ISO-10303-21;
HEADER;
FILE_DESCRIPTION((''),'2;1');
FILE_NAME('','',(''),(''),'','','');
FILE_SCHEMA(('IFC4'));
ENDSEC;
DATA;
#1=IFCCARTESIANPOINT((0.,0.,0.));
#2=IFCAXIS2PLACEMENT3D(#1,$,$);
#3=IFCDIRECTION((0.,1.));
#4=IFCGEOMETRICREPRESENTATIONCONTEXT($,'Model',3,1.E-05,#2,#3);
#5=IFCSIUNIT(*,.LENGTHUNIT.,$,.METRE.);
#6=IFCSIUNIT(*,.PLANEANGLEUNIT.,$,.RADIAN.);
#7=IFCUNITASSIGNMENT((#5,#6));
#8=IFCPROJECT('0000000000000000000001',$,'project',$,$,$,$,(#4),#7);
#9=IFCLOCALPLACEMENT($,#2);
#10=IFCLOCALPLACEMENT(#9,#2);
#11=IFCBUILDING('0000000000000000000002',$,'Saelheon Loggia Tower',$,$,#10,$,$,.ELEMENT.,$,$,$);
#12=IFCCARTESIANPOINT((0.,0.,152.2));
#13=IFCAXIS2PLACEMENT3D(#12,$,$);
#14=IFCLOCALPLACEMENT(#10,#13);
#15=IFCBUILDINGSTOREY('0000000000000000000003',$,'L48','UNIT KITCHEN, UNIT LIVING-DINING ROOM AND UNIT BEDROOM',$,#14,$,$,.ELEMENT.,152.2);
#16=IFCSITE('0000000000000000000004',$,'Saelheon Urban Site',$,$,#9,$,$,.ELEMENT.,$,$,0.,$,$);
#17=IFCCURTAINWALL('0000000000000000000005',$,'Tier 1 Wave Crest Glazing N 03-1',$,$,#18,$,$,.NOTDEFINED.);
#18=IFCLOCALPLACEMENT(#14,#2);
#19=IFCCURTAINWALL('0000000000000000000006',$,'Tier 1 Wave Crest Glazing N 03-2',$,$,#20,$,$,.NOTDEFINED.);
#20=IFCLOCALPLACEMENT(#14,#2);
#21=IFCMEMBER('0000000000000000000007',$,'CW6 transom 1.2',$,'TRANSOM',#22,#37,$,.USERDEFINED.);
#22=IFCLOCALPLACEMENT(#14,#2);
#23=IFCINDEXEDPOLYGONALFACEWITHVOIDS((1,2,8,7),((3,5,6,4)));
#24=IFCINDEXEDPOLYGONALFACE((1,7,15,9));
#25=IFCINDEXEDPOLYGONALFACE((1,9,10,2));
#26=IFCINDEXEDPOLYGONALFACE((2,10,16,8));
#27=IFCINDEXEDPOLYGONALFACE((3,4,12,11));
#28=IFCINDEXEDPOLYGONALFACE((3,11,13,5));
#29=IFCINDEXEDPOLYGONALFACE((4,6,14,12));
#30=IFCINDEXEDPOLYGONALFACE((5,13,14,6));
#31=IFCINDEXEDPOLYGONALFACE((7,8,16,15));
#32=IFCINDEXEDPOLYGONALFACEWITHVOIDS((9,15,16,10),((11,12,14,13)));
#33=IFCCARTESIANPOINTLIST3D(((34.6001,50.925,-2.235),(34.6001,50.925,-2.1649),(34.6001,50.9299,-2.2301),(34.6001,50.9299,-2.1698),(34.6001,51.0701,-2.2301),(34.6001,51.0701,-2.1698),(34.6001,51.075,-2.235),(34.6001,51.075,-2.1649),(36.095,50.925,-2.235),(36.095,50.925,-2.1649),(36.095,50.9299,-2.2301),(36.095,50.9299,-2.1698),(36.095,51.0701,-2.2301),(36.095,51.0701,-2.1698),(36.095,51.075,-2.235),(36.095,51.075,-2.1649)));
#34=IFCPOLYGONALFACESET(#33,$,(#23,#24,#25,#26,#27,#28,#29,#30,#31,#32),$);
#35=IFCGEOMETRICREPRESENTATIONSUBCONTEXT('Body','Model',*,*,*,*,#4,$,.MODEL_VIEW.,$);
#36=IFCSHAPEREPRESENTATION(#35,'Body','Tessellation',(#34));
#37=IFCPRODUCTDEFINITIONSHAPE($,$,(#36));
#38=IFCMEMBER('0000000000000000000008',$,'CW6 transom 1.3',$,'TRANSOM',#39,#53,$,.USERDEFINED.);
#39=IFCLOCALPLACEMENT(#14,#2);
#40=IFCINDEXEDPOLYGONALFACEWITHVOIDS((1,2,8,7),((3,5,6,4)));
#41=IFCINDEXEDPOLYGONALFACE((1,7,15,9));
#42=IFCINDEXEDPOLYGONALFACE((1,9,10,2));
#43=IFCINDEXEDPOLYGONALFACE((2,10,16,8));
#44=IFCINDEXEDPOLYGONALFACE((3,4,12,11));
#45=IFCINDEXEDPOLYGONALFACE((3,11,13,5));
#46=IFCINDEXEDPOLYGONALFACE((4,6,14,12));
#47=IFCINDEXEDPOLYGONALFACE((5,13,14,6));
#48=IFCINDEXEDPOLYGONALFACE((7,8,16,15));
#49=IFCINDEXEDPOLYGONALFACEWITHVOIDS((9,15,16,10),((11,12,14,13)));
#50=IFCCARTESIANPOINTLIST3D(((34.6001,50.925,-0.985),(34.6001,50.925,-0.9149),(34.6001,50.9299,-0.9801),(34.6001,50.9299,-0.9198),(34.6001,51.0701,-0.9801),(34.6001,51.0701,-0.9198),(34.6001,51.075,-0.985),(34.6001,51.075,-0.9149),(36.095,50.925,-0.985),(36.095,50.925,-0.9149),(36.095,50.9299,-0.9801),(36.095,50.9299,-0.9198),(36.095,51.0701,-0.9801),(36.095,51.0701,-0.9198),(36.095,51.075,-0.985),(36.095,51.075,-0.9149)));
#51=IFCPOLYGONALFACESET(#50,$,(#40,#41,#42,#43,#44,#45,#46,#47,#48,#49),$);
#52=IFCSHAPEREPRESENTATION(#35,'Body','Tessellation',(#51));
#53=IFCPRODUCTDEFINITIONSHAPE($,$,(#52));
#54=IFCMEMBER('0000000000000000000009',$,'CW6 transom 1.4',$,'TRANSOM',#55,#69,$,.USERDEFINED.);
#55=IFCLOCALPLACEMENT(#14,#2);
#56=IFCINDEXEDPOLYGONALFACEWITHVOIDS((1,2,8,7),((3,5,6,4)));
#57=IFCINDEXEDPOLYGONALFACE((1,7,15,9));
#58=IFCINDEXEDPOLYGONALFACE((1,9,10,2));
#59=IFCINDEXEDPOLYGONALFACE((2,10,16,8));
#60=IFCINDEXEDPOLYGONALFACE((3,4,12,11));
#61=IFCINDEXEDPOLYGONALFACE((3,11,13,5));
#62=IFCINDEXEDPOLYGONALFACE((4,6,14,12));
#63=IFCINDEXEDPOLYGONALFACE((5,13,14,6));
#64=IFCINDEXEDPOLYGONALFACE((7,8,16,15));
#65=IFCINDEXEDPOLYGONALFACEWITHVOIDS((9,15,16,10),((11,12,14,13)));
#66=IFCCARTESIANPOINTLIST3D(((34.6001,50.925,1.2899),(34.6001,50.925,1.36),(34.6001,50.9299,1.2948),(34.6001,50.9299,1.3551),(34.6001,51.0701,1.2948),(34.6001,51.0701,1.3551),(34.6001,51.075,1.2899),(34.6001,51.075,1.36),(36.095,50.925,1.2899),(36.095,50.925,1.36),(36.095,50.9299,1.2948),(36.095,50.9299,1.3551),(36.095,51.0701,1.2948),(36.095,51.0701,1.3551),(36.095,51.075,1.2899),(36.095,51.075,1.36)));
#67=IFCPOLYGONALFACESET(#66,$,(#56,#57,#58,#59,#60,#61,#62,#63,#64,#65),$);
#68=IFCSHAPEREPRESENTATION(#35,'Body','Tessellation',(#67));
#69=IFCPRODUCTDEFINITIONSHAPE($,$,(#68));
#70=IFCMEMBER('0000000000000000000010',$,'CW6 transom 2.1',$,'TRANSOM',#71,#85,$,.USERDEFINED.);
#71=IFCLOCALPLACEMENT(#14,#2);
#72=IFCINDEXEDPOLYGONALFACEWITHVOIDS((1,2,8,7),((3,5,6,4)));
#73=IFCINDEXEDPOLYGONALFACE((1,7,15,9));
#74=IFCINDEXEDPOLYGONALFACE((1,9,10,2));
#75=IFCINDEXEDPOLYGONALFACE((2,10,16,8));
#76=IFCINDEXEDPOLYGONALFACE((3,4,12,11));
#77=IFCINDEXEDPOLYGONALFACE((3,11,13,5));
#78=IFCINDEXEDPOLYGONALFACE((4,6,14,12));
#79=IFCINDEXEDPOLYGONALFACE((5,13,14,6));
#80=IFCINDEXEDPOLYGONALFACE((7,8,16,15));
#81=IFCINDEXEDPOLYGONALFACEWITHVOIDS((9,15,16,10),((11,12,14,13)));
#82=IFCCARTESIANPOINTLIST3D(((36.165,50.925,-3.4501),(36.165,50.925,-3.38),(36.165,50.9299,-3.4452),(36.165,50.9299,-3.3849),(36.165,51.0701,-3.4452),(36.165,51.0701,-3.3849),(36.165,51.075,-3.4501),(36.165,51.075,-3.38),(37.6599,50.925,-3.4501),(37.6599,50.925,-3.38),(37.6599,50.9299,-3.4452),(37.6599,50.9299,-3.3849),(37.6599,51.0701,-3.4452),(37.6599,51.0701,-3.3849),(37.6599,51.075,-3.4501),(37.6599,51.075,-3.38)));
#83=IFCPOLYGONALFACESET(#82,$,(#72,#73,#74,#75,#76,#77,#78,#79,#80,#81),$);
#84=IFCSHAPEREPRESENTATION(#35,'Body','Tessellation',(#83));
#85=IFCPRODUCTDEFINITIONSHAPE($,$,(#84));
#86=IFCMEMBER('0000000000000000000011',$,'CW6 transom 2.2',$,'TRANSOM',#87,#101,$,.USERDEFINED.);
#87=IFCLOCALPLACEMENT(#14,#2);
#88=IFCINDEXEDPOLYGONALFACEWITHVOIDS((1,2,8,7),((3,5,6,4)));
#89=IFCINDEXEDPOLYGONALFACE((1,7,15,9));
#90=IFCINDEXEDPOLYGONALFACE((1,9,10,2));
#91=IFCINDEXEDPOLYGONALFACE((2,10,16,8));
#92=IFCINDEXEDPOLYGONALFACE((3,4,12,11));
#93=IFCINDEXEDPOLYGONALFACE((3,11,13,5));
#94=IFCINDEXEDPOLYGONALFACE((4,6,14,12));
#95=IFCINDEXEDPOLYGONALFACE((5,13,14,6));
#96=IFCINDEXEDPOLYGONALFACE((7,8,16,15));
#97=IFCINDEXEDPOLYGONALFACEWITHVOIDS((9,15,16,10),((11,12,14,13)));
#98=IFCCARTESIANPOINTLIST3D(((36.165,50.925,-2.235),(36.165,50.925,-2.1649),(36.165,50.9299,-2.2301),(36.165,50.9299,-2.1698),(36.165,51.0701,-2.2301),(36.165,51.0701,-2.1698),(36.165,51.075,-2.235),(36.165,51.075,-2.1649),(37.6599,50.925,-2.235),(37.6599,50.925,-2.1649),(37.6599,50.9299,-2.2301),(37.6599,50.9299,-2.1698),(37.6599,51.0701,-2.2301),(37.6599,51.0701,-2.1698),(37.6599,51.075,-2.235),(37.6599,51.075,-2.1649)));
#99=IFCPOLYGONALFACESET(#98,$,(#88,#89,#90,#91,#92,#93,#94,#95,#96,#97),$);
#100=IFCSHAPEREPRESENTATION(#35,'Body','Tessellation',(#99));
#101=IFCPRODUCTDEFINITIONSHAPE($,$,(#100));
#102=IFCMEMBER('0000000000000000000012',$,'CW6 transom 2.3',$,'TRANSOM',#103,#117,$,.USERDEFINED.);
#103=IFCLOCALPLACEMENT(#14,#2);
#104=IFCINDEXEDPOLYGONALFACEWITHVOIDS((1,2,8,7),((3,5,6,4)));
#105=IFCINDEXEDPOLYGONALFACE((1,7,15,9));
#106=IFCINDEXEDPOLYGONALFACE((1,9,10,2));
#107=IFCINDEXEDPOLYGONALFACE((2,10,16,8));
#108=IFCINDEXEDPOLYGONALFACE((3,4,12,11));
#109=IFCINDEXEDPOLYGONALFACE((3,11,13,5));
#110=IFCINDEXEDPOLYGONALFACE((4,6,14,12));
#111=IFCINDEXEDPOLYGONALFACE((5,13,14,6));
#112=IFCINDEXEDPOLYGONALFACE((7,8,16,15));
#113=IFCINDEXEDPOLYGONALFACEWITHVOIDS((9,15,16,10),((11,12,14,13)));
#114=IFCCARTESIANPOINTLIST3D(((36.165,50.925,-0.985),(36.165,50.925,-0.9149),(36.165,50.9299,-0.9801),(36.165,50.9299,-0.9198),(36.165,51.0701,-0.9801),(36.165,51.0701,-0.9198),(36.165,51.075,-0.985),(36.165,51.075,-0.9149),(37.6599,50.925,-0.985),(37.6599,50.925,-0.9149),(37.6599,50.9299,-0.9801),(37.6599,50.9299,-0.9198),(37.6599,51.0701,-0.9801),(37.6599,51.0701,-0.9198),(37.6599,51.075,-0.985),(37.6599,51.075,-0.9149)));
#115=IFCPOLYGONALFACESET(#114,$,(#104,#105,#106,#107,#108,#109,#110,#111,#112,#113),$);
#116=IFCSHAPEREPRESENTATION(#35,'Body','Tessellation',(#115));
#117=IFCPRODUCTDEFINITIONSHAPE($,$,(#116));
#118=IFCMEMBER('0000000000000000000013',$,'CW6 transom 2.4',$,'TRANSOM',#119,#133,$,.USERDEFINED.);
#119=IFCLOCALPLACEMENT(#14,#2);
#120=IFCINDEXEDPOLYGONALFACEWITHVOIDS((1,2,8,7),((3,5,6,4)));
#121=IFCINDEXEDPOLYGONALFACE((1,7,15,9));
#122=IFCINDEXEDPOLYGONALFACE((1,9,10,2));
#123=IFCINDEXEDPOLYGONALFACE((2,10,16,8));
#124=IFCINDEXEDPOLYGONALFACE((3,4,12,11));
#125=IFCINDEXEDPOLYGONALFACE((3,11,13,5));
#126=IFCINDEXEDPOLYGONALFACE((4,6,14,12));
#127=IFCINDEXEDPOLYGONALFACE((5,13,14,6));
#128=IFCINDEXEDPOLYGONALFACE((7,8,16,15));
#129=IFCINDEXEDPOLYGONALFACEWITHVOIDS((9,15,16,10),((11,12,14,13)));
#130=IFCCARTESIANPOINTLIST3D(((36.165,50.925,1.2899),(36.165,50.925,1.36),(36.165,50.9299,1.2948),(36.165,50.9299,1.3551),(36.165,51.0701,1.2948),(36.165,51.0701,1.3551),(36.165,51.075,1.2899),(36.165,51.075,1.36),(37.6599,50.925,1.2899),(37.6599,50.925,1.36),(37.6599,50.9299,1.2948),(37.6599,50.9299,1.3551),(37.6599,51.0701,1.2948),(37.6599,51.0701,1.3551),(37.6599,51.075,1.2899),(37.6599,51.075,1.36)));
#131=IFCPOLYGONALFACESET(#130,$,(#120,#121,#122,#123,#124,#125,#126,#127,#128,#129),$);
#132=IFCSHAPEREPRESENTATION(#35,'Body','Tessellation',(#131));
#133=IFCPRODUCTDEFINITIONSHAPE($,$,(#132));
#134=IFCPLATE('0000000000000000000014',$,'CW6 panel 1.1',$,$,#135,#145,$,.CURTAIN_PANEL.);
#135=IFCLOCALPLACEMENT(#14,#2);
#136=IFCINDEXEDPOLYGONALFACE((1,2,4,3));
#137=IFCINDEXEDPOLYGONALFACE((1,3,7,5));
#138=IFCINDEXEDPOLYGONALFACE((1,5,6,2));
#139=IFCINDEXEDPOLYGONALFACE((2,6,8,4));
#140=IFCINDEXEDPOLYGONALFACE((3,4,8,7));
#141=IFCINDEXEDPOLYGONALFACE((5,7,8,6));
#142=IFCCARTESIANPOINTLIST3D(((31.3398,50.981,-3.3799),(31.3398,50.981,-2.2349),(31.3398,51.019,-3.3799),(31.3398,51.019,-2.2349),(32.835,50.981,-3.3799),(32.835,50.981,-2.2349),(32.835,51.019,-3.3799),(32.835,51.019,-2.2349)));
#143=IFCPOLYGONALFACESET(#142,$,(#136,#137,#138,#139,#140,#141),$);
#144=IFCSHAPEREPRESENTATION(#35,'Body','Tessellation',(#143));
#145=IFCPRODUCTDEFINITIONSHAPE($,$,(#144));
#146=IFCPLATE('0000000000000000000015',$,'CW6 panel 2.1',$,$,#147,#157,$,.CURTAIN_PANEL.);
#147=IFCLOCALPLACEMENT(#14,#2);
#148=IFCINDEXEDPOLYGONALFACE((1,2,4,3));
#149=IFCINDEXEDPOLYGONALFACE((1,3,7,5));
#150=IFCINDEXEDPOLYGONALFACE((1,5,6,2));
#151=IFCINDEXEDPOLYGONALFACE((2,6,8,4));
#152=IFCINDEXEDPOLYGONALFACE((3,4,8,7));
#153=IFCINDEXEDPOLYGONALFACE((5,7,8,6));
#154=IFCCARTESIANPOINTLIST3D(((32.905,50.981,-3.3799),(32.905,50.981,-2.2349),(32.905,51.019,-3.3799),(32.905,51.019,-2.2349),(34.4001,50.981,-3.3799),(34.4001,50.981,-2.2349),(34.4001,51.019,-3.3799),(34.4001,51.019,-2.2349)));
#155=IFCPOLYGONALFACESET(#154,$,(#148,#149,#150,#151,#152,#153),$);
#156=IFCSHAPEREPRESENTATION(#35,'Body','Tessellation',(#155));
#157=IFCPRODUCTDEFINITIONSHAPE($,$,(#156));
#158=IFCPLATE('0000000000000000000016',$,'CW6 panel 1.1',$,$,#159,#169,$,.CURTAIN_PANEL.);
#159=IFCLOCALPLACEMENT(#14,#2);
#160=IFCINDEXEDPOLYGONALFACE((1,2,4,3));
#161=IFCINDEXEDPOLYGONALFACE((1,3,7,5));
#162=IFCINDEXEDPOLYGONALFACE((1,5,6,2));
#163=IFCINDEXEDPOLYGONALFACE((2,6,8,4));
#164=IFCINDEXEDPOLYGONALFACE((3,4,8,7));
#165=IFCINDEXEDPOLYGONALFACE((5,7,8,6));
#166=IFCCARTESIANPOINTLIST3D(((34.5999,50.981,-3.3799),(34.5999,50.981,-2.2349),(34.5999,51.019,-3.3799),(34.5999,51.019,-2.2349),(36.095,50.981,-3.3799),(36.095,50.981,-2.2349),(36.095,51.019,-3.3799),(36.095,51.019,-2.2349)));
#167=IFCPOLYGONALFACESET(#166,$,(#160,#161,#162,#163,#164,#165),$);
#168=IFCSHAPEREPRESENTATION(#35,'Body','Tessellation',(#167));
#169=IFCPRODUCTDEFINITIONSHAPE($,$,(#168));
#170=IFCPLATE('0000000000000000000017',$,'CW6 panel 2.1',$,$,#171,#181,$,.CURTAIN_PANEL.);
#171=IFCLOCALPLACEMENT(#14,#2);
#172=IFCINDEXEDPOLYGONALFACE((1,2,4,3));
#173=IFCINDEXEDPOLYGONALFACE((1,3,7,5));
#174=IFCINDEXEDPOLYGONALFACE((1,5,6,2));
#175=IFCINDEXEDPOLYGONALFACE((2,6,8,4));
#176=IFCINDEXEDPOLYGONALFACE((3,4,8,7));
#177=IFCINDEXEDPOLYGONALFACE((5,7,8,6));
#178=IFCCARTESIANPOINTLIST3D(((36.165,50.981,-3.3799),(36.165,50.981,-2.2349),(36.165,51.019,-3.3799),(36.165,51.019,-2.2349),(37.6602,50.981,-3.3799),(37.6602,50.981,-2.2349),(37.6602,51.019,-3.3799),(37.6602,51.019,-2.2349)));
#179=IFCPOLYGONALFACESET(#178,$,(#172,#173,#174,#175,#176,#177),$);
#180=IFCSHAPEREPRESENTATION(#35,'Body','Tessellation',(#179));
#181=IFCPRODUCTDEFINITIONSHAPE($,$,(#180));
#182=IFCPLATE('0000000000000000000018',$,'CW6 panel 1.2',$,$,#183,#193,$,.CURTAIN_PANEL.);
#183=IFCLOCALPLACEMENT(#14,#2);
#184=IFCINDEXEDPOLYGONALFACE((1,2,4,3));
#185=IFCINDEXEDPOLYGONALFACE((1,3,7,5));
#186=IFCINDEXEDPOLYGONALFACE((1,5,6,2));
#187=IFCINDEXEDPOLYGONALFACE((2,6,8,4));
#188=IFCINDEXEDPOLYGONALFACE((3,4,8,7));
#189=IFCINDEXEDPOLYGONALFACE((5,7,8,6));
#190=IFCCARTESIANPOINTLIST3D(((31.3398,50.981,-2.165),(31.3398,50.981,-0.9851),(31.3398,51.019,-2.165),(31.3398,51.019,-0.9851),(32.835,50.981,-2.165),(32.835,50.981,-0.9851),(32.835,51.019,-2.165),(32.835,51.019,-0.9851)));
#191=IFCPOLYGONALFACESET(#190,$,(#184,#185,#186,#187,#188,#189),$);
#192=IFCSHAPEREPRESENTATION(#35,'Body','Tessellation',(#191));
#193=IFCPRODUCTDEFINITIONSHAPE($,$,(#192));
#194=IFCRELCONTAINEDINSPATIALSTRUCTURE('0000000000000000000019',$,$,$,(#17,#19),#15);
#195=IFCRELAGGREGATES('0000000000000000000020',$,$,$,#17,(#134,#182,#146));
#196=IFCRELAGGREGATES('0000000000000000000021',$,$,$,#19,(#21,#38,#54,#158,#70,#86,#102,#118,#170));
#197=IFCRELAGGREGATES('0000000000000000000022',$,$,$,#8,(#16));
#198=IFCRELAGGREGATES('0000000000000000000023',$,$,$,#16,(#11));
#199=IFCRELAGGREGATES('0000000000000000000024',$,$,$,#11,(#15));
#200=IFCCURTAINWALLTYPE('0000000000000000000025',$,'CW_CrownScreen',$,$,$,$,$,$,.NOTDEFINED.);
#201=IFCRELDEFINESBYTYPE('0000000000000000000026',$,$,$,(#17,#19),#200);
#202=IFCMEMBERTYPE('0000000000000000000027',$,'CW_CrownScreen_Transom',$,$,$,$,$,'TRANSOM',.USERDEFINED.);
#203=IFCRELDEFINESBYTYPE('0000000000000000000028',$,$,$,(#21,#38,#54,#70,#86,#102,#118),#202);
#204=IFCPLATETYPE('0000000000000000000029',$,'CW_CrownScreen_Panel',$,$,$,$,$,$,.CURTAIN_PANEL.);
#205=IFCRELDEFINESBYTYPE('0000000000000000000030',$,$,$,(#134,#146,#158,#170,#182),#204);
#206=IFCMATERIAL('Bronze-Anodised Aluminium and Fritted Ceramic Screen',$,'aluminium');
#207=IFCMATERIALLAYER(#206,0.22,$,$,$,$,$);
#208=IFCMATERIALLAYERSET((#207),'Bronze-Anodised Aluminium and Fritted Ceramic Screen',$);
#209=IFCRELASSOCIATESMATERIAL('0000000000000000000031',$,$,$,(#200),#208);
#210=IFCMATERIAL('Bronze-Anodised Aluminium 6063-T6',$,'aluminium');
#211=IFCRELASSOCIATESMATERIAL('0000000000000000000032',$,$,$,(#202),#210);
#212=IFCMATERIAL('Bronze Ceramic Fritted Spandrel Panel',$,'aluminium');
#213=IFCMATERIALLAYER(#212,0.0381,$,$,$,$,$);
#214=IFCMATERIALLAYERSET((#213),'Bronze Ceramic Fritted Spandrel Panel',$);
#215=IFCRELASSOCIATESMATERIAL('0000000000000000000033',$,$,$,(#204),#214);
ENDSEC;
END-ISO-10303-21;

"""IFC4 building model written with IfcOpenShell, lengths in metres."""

from ifc_helpers import new_model, si_unit, direction, frame, origin, origin_2d, place, context, subcontext, project, spatial, rectangle, hollow_rectangle, extrude, source, transform, mapped, material, layer, layer_set, material_profile, profile_set, type_object, element, aggregate, save


model = new_model("IFC4")

# Units and contexts
model_context = context("Model", 3, precision=1e-05, world=origin(), true_north=direction((0.0, 1.0)))
body_context = subcontext(model_context, "Body", "Model", "MODEL_VIEW")
ifc_project = project(units=[si_unit("LENGTHUNIT", "METRE"), si_unit("PLANEANGLEUNIT", "RADIAN")], contexts=[model_context])

# Site, building, storey
site_placement = place(None, origin())
site = spatial("IfcSite", under=ifc_project, at=site_placement, Name="Saelheon Urban Site", CompositionType="ELEMENT", RefElevation=0.0)
building_placement = place(site_placement, origin())
building = spatial("IfcBuilding", under=site, at=building_placement, Name="Saelheon Loggia Tower", CompositionType="ELEMENT")
storey_placement = place(building_placement, frame((0.0, 0.0, 152.2)))
storey = spatial("IfcBuildingStorey", under=building, at=storey_placement, Name="L48", Description="UNIT KITCHEN, UNIT LIVING-DINING ROOM AND UNIT BEDROOM", CompositionType="ELEMENT", Elevation=152.2)

# Shared definitions
ifc_material_1 = material(Name="Bronze-Anodised Aluminium and Fritted Ceramic Screen", Category="aluminium")
ifc_layer_1 = layer(ifc_material_1, 0.22)
ifc_layer_set_1 = layer_set([ifc_layer_1], Name="Bronze-Anodised Aluminium and Fritted Ceramic Screen")
curtain_wall_type = type_object("IfcCurtainWallType", Name="CW_CrownScreen", PredefinedType="NOTDEFINED", material=ifc_layer_set_1)
ifc_material_2 = material(Name="Bronze-Anodised Aluminium 6063-T6", Category="aluminium")

# Curtain walls
curtain_wall_1_placement = place(storey_placement, origin())
curtain_wall_1 = element("IfcCurtainWall", 1, at=curtain_wall_1_placement, inside=storey, type_object=curtain_wall_type, Name="Tier 1 Wave Crest Glazing N 03-1", PredefinedType="NOTDEFINED")
curtain_wall_2_placement = place(storey_placement, origin())
curtain_wall_2 = element("IfcCurtainWall", 2, at=curtain_wall_2_placement, inside=storey, type_object=curtain_wall_type, Name="Tier 1 Wave Crest Glazing N 03-2", PredefinedType="NOTDEFINED")

# Members
ifc_material_profile_1 = material_profile(ifc_material_2, hollow_rectangle(XDim=0.0701, YDim=0.1499, WallThickness=0.0049, at=origin_2d()), Name="RHS-150x70x5")
ifc_profile_set_1 = profile_set([ifc_material_profile_1], Name="Bronze-Anodised Aluminium 6063-T6")
member_type_1 = type_object("IfcMemberType", Name="CW_CrownScreen_Transom", ElementType="TRANSOM", PredefinedType="USERDEFINED", material=ifc_profile_set_1)
shared_shape_1 = source(origin(), body_context, "Body", "SweptSolid", [
    extrude(hollow_rectangle(XDim=0.0701, YDim=0.1499, WallThickness=0.0049, at=origin_2d()), origin(), (0.0, 0.0, 1.0), 1.4949),
])
member_1_placement = place(storey_placement, frame((34.6001, 51.0, -2.2), z_axis=(1.0, 0.0, 0.0), x_axis=(0.0, 0.0, 1.0)))
member_1 = element("IfcMember", 3, at=member_1_placement, type_object=member_type_1, Name="CW6 transom 1.2", ObjectType="TRANSOM", PredefinedType="USERDEFINED", context=body_context, shape_type="MappedRepresentation", body=[
    mapped(shared_shape_1, transform((0.0, 0.0, 0.0), scale=1.0)),
])
member_2_placement = place(storey_placement, frame((34.6001, 51.0, -0.95), z_axis=(1.0, 0.0, 0.0), x_axis=(0.0, 0.0, 1.0)))
member_2 = element("IfcMember", 4, at=member_2_placement, type_object=member_type_1, Name="CW6 transom 1.3", ObjectType="TRANSOM", PredefinedType="USERDEFINED", context=body_context, shape_type="MappedRepresentation", body=[
    mapped(shared_shape_1, transform((0.0, 0.0, 0.0), scale=1.0)),
])
member_3_placement = place(storey_placement, frame((34.6001, 51.0, 1.325), z_axis=(1.0, 0.0, 0.0), x_axis=(0.0, 0.0, 1.0)))
member_3 = element("IfcMember", 5, at=member_3_placement, type_object=member_type_1, Name="CW6 transom 1.4", ObjectType="TRANSOM", PredefinedType="USERDEFINED", context=body_context, shape_type="MappedRepresentation", body=[
    mapped(shared_shape_1, transform((0.0, 0.0, 0.0), scale=1.0)),
])
member_4_placement = place(storey_placement, frame((36.165, 51.0, -3.415), z_axis=(1.0, 0.0, 0.0), x_axis=(0.0, 0.0, 1.0)))
member_4 = element("IfcMember", 6, at=member_4_placement, type_object=member_type_1, Name="CW6 transom 2.1", ObjectType="TRANSOM", PredefinedType="USERDEFINED", context=body_context, shape_type="MappedRepresentation", body=[
    mapped(shared_shape_1, transform((0.0, 0.0, 0.0), scale=1.0)),
])
member_5_placement = place(storey_placement, frame((36.165, 51.0, -2.2), z_axis=(1.0, 0.0, 0.0), x_axis=(0.0, 0.0, 1.0)))
member_5 = element("IfcMember", 7, at=member_5_placement, type_object=member_type_1, Name="CW6 transom 2.2", ObjectType="TRANSOM", PredefinedType="USERDEFINED", context=body_context, shape_type="MappedRepresentation", body=[
    mapped(shared_shape_1, transform((0.0, 0.0, 0.0), scale=1.0)),
])
member_6_placement = place(storey_placement, frame((36.165, 51.0, -0.95), z_axis=(1.0, 0.0, 0.0), x_axis=(0.0, 0.0, 1.0)))
member_6 = element("IfcMember", 8, at=member_6_placement, type_object=member_type_1, Name="CW6 transom 2.3", ObjectType="TRANSOM", PredefinedType="USERDEFINED", context=body_context, shape_type="MappedRepresentation", body=[
    mapped(shared_shape_1, transform((0.0, 0.0, 0.0), scale=1.0)),
])
member_7_placement = place(storey_placement, frame((36.165, 51.0, 1.325), z_axis=(1.0, 0.0, 0.0), x_axis=(0.0, 0.0, 1.0)))
member_7 = element("IfcMember", 9, at=member_7_placement, type_object=member_type_1, Name="CW6 transom 2.4", ObjectType="TRANSOM", PredefinedType="USERDEFINED", context=body_context, shape_type="MappedRepresentation", body=[
    mapped(shared_shape_1, transform((0.0, 0.0, 0.0), scale=1.0)),
])

# Plates
ifc_material_3 = material(Name="Bronze Ceramic Fritted Spandrel Panel", Category="aluminium")
ifc_layer_2 = layer(ifc_material_3, 0.0381)
ifc_layer_set_2 = layer_set([ifc_layer_2], Name="Bronze Ceramic Fritted Spandrel Panel")
plate_type = type_object("IfcPlateType", Name="CW_CrownScreen_Panel", PredefinedType="CURTAIN_PANEL", material=ifc_layer_set_2)
shared_shape_2 = source(origin(), body_context, "Body", "SweptSolid", [
    extrude(rectangle(XDim=1.4951, YDim=0.0381, at=origin_2d()), origin(), (0.0, 0.0, 1.0), 1.145),
])
plate_1_placement = place(storey_placement, frame((32.0874, 51.0, -3.3799), z_axis=(0.0, 0.0, 1.0), x_axis=(1.0, 0.0, 0.0)))
plate_1 = element("IfcPlate", 10, at=plate_1_placement, type_object=plate_type, Name="CW6 panel 1.1", PredefinedType="CURTAIN_PANEL", context=body_context, shape_type="MappedRepresentation", body=[
    mapped(shared_shape_2, transform((0.0, 0.0, 0.0), scale=1.0)),
])
plate_2_placement = place(storey_placement, frame((33.6526, 51.0, -3.3799), z_axis=(0.0, 0.0, 1.0), x_axis=(1.0, 0.0, 0.0)))
plate_2 = element("IfcPlate", 11, at=plate_2_placement, type_object=plate_type, Name="CW6 panel 2.1", PredefinedType="CURTAIN_PANEL", context=body_context, shape_type="MappedRepresentation", body=[
    mapped(shared_shape_2, transform((0.0, 0.0, 0.0), scale=1.0)),
])
plate_3_placement = place(storey_placement, frame((35.3474, 51.0, -3.3799), z_axis=(0.0, 0.0, 1.0), x_axis=(1.0, 0.0, 0.0)))
plate_3 = element("IfcPlate", 12, at=plate_3_placement, type_object=plate_type, Name="CW6 panel 1.1", PredefinedType="CURTAIN_PANEL", context=body_context, shape_type="MappedRepresentation", body=[
    mapped(shared_shape_2, transform((0.0, 0.0, 0.0), scale=1.0)),
])
plate_4_placement = place(storey_placement, frame((36.9126, 51.0, -3.3799), z_axis=(0.0, 0.0, 1.0), x_axis=(1.0, 0.0, 0.0)))
plate_4 = element("IfcPlate", 13, at=plate_4_placement, type_object=plate_type, Name="CW6 panel 2.1", PredefinedType="CURTAIN_PANEL", context=body_context, shape_type="MappedRepresentation", body=[
    mapped(shared_shape_2, transform((0.0, 0.0, 0.0), scale=1.0)),
])
shared_shape_3 = source(origin(), body_context, "Body", "SweptSolid", [
    extrude(rectangle(XDim=1.4951, YDim=0.0381, at=origin_2d()), origin(), (0.0, 0.0, 1.0), 1.1799),
])
plate_5_placement = place(storey_placement, frame((32.0874, 51.0, -2.165), z_axis=(0.0, 0.0, 1.0), x_axis=(1.0, 0.0, 0.0)))
plate_5 = element("IfcPlate", 14, at=plate_5_placement, type_object=plate_type, Name="CW6 panel 1.2", PredefinedType="CURTAIN_PANEL", context=body_context, shape_type="MappedRepresentation", body=[
    mapped(shared_shape_3, transform((0.0, 0.0, 0.0), scale=1.0)),
])
aggregate(curtain_wall_1, [plate_1, plate_5, plate_2])
aggregate(curtain_wall_2, [member_1, member_2, member_3, plate_3, member_4, member_5, member_6, member_7, plate_4])

save(model, "model.ifc")
